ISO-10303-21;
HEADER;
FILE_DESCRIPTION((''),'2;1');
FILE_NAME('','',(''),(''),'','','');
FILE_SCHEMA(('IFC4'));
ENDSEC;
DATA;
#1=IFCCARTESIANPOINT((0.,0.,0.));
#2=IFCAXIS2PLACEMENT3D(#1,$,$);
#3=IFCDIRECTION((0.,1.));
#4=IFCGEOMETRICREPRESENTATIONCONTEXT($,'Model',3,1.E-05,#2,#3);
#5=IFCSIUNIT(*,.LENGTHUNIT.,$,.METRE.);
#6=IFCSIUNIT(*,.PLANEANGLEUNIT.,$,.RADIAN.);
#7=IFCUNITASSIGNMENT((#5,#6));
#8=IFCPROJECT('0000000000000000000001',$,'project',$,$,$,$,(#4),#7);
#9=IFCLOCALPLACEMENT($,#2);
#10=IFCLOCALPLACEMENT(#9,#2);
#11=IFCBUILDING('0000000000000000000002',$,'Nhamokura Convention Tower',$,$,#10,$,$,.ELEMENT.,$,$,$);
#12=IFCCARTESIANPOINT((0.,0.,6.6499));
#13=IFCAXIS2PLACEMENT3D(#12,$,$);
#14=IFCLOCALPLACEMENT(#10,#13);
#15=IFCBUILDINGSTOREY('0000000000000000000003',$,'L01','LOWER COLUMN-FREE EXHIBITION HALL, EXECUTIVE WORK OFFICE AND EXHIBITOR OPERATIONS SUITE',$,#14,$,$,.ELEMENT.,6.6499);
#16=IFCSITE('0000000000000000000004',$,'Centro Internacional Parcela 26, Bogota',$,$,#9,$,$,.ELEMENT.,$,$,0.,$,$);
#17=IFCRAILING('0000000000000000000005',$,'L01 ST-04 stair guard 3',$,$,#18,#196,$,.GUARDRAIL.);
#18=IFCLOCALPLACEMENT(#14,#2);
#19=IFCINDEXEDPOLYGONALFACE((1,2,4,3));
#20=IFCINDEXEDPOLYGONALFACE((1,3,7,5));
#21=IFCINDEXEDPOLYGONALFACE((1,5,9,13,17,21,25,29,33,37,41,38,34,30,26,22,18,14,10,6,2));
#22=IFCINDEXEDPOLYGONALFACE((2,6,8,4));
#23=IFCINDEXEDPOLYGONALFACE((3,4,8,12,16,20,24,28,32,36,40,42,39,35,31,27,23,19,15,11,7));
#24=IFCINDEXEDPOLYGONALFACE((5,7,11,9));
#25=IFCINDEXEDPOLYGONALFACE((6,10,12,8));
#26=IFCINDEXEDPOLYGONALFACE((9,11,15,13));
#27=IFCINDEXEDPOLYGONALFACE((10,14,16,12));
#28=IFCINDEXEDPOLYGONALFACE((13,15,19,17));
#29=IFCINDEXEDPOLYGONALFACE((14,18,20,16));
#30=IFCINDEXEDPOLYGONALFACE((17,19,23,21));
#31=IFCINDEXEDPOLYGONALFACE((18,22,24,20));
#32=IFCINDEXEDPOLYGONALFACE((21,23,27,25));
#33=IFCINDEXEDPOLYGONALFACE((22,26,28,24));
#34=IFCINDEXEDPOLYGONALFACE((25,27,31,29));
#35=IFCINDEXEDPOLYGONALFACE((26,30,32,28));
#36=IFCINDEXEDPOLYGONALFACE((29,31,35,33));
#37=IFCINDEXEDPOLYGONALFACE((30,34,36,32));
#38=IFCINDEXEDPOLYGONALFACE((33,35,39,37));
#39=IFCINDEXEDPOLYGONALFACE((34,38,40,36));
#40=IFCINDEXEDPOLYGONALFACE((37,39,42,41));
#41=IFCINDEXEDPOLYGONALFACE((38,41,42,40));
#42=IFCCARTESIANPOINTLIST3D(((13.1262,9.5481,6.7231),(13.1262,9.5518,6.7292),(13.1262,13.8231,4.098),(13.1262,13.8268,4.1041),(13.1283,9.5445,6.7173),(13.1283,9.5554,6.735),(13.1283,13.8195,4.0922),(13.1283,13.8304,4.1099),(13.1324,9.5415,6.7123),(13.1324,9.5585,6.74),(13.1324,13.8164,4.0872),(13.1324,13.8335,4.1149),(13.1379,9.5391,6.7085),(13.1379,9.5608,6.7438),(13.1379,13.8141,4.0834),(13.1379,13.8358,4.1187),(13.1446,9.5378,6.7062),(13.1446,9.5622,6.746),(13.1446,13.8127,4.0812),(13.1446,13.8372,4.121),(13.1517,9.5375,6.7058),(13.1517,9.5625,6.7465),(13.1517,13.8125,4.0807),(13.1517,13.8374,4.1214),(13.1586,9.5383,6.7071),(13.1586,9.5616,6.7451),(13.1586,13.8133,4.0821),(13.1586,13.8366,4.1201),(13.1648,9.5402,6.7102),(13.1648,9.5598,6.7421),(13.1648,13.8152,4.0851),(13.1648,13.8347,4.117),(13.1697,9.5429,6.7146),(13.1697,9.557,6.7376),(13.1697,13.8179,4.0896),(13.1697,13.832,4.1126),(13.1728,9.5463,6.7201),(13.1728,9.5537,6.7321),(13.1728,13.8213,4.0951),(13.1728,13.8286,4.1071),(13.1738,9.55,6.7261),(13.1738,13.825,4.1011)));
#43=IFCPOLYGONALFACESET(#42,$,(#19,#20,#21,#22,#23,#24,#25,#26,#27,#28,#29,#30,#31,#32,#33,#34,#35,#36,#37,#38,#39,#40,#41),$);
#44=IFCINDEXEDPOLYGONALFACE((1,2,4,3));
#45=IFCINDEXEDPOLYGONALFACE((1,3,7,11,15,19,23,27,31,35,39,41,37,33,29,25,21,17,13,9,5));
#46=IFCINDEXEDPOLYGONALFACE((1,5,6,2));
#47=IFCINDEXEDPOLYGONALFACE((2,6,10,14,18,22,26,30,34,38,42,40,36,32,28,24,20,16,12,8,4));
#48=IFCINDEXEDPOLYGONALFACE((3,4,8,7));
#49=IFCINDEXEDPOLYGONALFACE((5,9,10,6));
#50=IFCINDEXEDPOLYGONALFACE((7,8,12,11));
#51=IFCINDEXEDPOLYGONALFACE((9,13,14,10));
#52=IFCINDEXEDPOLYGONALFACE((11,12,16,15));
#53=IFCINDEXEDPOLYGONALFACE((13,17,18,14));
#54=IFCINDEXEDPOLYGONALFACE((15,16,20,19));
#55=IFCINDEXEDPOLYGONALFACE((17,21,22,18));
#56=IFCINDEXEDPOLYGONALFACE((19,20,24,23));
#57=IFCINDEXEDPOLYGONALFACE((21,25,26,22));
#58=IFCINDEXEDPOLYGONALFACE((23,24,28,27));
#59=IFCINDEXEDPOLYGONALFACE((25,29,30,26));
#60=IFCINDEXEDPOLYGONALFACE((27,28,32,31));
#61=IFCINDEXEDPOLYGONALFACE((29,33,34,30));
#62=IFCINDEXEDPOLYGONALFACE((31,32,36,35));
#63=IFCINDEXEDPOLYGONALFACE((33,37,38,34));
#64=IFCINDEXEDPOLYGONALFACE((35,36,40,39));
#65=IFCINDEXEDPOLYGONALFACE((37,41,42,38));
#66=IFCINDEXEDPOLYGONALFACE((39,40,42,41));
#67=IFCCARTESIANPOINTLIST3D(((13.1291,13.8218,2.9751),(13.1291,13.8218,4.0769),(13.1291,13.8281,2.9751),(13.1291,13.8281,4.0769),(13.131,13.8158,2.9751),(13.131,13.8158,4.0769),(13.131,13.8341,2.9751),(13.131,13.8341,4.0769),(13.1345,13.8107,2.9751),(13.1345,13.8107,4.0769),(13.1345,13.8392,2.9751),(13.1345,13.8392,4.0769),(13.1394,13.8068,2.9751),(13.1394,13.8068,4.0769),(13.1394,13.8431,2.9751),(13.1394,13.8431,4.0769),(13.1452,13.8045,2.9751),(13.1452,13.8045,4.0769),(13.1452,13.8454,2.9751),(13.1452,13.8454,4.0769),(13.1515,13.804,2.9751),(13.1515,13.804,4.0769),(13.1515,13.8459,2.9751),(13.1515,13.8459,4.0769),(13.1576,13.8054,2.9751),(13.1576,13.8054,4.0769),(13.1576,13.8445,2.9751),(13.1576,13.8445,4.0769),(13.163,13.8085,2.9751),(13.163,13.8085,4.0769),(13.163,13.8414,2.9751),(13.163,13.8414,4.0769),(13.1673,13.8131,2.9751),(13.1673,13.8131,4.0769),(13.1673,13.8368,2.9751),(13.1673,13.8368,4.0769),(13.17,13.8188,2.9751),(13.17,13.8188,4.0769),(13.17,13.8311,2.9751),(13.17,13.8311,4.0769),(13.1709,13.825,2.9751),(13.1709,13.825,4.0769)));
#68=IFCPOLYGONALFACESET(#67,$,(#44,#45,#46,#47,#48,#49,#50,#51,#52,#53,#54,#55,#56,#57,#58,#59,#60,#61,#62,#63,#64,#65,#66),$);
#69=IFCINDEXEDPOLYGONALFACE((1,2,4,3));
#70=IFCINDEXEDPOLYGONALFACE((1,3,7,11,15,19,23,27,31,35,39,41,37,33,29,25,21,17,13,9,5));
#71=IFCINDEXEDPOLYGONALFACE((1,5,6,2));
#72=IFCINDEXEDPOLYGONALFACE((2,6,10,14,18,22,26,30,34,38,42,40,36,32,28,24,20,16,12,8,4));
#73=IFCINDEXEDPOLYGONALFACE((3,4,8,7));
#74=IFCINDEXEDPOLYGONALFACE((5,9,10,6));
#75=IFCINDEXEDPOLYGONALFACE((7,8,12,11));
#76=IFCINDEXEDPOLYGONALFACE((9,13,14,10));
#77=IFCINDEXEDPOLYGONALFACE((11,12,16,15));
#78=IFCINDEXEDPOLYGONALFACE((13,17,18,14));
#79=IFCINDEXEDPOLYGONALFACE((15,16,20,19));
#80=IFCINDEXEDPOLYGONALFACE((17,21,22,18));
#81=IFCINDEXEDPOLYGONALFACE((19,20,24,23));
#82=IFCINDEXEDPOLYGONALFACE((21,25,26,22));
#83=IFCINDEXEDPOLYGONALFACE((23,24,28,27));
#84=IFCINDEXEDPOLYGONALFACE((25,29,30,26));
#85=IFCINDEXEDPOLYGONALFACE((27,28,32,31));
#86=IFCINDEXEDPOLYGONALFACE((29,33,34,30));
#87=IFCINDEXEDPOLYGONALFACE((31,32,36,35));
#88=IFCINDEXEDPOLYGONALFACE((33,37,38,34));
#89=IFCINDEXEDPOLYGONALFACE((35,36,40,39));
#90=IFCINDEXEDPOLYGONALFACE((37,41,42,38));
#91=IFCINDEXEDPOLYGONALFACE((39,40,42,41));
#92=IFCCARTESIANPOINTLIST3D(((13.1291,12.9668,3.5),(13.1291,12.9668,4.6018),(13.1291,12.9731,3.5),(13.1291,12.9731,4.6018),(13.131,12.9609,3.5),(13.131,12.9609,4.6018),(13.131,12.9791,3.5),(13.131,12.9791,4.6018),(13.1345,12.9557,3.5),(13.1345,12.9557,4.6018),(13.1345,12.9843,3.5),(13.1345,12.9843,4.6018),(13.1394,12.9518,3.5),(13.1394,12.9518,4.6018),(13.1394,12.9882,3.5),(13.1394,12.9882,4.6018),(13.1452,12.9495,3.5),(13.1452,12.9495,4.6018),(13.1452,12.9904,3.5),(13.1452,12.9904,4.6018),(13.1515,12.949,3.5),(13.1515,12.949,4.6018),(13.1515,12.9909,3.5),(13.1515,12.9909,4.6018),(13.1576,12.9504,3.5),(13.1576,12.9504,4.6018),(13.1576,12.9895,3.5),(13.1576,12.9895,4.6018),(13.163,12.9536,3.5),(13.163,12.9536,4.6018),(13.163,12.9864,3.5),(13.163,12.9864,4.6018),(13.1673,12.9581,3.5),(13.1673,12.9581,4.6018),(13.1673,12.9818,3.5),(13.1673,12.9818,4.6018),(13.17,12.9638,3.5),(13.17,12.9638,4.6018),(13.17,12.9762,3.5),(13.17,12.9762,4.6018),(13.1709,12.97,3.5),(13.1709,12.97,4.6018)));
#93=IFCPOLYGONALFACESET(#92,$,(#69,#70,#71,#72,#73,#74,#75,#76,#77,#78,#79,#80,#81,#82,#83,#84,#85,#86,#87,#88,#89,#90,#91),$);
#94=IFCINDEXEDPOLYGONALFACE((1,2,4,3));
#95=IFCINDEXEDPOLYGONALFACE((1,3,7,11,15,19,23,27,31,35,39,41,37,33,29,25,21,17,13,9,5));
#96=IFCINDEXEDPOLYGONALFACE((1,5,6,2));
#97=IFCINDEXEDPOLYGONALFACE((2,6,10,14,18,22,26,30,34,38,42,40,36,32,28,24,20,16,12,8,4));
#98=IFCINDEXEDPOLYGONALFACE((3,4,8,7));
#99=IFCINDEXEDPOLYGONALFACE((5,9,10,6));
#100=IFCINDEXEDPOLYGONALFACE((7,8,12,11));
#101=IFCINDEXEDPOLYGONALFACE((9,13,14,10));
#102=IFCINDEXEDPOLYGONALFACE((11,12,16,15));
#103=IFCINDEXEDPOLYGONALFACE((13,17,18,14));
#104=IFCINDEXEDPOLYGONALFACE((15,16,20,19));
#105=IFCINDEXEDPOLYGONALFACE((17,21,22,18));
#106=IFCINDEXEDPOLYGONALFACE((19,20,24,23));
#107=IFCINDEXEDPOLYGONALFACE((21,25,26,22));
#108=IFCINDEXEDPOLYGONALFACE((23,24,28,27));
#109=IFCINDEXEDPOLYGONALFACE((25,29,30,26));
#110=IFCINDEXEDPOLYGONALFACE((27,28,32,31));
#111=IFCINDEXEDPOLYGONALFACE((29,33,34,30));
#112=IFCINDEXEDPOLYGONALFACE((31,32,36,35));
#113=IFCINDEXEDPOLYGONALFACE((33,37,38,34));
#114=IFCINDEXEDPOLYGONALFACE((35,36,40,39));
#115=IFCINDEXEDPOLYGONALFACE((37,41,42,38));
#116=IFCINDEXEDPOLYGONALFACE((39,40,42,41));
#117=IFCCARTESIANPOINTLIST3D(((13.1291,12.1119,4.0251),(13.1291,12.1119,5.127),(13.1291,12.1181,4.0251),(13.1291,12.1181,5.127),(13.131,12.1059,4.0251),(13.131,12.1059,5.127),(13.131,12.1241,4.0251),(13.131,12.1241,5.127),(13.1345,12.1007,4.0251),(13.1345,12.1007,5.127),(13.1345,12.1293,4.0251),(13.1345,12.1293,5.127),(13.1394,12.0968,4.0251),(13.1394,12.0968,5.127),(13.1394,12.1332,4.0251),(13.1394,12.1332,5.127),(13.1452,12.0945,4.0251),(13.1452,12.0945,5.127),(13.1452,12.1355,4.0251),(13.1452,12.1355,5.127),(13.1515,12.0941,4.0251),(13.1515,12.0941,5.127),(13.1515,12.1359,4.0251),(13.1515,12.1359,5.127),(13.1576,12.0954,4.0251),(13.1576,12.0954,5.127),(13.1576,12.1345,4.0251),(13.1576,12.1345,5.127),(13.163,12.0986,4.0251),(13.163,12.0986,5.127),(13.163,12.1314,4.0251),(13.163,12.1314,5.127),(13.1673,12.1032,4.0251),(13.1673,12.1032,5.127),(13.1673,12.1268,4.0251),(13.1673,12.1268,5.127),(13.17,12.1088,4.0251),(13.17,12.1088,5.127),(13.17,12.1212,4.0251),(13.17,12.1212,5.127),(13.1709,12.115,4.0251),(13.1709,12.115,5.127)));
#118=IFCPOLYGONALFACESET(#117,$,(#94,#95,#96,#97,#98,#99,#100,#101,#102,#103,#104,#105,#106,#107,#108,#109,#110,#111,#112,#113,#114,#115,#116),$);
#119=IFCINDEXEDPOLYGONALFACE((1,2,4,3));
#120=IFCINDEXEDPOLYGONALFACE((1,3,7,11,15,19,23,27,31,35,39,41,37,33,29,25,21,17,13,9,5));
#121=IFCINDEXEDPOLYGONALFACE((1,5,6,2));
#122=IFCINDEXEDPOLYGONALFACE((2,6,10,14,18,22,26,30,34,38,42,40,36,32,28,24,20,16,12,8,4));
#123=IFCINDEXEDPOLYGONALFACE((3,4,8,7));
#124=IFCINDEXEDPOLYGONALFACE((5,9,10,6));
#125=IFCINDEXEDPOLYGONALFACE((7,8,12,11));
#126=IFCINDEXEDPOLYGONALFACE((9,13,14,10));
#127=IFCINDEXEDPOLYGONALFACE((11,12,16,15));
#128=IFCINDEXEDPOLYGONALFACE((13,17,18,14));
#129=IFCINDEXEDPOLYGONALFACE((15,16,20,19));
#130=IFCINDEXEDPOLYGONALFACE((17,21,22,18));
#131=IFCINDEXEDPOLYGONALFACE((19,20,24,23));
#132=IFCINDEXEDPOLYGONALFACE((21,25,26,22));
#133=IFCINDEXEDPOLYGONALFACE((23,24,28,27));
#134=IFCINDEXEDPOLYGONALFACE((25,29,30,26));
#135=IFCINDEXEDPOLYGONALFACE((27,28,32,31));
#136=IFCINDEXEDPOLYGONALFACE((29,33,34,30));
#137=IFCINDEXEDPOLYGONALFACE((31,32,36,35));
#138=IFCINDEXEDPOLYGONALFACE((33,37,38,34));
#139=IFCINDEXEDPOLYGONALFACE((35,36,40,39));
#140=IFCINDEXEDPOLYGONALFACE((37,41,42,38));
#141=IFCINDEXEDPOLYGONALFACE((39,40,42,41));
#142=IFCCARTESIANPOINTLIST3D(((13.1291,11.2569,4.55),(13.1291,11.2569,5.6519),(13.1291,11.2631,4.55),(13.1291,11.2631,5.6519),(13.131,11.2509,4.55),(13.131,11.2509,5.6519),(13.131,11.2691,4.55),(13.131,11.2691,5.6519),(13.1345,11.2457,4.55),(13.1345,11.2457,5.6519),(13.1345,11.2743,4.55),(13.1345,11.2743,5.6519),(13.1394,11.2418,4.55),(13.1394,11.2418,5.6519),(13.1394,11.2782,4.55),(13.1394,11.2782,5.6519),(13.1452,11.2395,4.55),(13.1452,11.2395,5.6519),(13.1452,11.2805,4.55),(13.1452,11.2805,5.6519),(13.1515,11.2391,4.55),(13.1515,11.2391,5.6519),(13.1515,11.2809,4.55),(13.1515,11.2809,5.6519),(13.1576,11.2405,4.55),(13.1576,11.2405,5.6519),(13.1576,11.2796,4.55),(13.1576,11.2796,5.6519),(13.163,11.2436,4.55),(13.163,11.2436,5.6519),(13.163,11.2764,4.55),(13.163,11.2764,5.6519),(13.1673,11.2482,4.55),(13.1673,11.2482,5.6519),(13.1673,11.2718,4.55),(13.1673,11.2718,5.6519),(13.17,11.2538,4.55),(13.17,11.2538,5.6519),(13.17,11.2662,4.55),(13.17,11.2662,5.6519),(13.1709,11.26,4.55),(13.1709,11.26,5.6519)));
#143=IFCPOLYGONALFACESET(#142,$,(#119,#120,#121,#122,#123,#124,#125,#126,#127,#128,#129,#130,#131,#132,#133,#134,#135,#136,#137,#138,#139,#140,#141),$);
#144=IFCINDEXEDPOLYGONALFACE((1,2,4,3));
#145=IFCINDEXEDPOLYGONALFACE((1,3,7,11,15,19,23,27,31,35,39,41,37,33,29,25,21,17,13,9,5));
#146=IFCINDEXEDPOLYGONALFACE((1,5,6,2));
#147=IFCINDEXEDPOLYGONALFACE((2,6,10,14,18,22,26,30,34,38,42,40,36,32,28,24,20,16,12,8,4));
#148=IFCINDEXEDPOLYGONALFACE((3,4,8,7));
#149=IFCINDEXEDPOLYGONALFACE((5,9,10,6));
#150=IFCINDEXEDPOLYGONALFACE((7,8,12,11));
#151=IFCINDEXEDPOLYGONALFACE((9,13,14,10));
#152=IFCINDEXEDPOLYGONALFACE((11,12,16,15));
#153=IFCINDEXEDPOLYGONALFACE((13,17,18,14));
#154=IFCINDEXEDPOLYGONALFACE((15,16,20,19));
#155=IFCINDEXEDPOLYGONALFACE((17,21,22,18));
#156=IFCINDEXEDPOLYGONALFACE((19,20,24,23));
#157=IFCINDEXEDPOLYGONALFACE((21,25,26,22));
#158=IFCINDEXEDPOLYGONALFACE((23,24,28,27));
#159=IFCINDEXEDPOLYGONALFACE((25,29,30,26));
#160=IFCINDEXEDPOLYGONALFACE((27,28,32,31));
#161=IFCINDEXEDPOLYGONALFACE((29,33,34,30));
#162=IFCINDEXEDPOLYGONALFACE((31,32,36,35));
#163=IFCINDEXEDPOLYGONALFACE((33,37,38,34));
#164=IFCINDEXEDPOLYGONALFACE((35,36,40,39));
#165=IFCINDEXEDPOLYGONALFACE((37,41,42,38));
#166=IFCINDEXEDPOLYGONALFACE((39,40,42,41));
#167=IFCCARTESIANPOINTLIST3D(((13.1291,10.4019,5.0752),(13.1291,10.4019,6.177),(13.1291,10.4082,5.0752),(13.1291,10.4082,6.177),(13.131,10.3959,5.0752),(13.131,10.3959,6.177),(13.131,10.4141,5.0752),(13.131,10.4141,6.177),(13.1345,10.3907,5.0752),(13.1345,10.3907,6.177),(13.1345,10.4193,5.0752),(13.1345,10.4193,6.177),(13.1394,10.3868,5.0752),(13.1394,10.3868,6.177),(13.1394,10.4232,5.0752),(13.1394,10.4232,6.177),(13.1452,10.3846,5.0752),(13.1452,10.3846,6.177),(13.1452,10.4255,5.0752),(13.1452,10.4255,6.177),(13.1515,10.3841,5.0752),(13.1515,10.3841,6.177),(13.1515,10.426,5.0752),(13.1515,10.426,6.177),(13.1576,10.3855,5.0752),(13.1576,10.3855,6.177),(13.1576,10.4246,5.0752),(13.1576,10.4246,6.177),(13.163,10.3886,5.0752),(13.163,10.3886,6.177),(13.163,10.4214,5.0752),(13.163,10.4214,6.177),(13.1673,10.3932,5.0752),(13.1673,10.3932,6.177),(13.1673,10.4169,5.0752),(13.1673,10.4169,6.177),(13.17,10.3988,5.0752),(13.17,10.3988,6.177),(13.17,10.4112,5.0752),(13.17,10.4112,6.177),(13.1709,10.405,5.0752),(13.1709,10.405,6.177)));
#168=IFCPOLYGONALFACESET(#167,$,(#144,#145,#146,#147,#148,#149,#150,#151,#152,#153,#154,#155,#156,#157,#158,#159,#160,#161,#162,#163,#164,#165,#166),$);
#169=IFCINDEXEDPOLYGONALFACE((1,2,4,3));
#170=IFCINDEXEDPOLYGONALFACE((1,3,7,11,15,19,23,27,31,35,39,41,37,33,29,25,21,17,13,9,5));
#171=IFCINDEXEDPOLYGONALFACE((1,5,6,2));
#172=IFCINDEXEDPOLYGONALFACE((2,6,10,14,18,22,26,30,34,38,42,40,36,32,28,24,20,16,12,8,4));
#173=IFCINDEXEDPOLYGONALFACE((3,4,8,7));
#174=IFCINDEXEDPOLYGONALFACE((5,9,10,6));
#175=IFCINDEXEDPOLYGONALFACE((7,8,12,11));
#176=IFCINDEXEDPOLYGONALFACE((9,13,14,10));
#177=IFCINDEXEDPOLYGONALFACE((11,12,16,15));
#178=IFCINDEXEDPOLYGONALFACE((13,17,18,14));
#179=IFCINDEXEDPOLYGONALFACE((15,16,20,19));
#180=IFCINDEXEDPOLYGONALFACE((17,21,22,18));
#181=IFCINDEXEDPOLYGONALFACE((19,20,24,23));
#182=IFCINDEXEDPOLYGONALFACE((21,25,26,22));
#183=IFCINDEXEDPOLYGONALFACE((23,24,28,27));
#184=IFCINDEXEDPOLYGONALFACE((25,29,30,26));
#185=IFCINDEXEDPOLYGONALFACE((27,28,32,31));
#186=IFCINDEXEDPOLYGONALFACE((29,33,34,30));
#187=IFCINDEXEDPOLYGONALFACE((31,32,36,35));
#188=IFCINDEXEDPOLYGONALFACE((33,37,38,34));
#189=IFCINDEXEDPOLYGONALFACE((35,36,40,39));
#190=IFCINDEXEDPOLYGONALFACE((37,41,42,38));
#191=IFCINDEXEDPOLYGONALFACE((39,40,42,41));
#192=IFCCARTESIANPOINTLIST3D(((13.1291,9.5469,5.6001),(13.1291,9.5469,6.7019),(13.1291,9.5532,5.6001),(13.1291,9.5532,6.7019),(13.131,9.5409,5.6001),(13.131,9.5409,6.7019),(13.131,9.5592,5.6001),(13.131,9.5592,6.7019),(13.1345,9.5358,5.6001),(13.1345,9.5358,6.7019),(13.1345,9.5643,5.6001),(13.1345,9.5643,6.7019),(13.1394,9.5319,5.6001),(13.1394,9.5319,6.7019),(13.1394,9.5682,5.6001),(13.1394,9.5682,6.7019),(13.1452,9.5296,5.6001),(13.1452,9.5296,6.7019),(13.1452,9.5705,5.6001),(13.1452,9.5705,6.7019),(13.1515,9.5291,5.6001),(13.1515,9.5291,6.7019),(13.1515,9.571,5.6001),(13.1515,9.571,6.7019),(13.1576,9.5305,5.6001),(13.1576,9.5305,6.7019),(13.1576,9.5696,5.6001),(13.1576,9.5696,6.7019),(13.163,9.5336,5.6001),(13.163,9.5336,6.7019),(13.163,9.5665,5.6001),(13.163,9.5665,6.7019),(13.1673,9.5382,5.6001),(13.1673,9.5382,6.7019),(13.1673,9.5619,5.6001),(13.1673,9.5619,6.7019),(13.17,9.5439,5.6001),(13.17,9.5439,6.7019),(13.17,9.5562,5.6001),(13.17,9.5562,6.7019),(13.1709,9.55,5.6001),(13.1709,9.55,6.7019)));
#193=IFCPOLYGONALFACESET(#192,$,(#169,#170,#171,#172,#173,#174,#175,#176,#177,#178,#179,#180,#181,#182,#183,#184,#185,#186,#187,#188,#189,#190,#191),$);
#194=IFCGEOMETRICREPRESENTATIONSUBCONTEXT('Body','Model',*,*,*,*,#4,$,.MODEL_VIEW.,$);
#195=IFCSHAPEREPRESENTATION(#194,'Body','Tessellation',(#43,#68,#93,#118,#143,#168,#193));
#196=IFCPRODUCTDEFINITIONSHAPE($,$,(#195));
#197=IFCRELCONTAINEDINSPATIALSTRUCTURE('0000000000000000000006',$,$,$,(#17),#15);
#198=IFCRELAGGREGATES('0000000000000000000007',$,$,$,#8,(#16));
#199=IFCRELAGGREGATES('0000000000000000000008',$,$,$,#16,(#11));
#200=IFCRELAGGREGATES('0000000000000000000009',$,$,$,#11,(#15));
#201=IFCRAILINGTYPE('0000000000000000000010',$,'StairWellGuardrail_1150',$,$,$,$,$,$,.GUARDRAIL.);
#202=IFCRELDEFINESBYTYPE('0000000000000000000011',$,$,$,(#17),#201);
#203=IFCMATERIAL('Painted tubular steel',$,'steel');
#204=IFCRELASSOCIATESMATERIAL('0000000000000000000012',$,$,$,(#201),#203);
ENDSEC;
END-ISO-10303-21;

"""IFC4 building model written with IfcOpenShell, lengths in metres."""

from ifc_helpers import new_model, si_unit, direction, frame, origin, origin_2d, place, context, subcontext, project, spatial, circle, extrude, material, type_object, element, save


model = new_model("IFC4")

# Units and contexts
model_context = context("Model", 3, precision=1e-05, world=origin(), true_north=direction((0.0, 1.0)))
body_context = subcontext(model_context, "Body", "Model", "MODEL_VIEW")
ifc_project = project(units=[si_unit("LENGTHUNIT", "METRE"), si_unit("PLANEANGLEUNIT", "RADIAN")], contexts=[model_context])

# Site, building, storey
site_placement = place(None, origin())
site = spatial("IfcSite", under=ifc_project, at=site_placement, Name="Centro Internacional Parcela 26, Bogota", CompositionType="ELEMENT", RefElevation=0.0)
building_placement = place(site_placement, origin())
building = spatial("IfcBuilding", under=site, at=building_placement, Name="Nhamokura Convention Tower", CompositionType="ELEMENT")
storey_placement = place(building_placement, frame((0.0, 0.0, 6.6499)))
storey = spatial("IfcBuildingStorey", under=building, at=storey_placement, Name="L01", Description="LOWER COLUMN-FREE EXHIBITION HALL, EXECUTIVE WORK OFFICE AND EXHIBITOR OPERATIONS SUITE", CompositionType="ELEMENT", Elevation=6.6499)

# Railing
ifc_material_1 = material(Name="Painted tubular steel", Category="steel")
railing_type_1 = type_object("IfcRailingType", Name="StairWellGuardrail_1150", PredefinedType="GUARDRAIL", material=ifc_material_1)
railing_1_placement = place(storey_placement, frame((13.1499, 13.825, 2.9751)))
element("IfcRailing", 1, at=railing_1_placement, inside=storey, type_object=railing_type_1, Name="L01 ST-04 stair guard 3", PredefinedType="GUARDRAIL", context=body_context, shape_type="SweptSolid", body=[
    extrude(circle(Radius=0.0239, at=origin_2d()), frame((0.0, 0.0, 1.126), z_axis=(0.0, -0.852166, 0.523272), x_axis=(1.0, 0.0, 0.0)), (0.0, 0.0, 1.0), 5.0166),
    extrude(circle(Radius=0.021, at=origin_2d()), origin(), (0.0, 0.0, 1.0), 1.1018),
    extrude(circle(Radius=0.021, at=origin_2d()), frame((0.0, -0.855, 0.5249)), (0.0, 0.0, 1.0), 1.1018),
    extrude(circle(Radius=0.021, at=origin_2d()), frame((0.0, -1.71, 1.05)), (0.0, 0.0, 1.0), 1.1018),
    extrude(circle(Radius=0.021, at=origin_2d()), frame((0.0, -2.5649, 1.575)), (0.0, 0.0, 1.0), 1.1018),
    extrude(circle(Radius=0.021, at=origin_2d()), frame((0.0, -3.4199, 2.1001)), (0.0, 0.0, 1.0), 1.1018),
    extrude(circle(Radius=0.021, at=origin_2d()), frame((0.0, -4.2749, 2.625)), (0.0, 0.0, 1.0), 1.1018),
])

save(model, "model.ifc")
